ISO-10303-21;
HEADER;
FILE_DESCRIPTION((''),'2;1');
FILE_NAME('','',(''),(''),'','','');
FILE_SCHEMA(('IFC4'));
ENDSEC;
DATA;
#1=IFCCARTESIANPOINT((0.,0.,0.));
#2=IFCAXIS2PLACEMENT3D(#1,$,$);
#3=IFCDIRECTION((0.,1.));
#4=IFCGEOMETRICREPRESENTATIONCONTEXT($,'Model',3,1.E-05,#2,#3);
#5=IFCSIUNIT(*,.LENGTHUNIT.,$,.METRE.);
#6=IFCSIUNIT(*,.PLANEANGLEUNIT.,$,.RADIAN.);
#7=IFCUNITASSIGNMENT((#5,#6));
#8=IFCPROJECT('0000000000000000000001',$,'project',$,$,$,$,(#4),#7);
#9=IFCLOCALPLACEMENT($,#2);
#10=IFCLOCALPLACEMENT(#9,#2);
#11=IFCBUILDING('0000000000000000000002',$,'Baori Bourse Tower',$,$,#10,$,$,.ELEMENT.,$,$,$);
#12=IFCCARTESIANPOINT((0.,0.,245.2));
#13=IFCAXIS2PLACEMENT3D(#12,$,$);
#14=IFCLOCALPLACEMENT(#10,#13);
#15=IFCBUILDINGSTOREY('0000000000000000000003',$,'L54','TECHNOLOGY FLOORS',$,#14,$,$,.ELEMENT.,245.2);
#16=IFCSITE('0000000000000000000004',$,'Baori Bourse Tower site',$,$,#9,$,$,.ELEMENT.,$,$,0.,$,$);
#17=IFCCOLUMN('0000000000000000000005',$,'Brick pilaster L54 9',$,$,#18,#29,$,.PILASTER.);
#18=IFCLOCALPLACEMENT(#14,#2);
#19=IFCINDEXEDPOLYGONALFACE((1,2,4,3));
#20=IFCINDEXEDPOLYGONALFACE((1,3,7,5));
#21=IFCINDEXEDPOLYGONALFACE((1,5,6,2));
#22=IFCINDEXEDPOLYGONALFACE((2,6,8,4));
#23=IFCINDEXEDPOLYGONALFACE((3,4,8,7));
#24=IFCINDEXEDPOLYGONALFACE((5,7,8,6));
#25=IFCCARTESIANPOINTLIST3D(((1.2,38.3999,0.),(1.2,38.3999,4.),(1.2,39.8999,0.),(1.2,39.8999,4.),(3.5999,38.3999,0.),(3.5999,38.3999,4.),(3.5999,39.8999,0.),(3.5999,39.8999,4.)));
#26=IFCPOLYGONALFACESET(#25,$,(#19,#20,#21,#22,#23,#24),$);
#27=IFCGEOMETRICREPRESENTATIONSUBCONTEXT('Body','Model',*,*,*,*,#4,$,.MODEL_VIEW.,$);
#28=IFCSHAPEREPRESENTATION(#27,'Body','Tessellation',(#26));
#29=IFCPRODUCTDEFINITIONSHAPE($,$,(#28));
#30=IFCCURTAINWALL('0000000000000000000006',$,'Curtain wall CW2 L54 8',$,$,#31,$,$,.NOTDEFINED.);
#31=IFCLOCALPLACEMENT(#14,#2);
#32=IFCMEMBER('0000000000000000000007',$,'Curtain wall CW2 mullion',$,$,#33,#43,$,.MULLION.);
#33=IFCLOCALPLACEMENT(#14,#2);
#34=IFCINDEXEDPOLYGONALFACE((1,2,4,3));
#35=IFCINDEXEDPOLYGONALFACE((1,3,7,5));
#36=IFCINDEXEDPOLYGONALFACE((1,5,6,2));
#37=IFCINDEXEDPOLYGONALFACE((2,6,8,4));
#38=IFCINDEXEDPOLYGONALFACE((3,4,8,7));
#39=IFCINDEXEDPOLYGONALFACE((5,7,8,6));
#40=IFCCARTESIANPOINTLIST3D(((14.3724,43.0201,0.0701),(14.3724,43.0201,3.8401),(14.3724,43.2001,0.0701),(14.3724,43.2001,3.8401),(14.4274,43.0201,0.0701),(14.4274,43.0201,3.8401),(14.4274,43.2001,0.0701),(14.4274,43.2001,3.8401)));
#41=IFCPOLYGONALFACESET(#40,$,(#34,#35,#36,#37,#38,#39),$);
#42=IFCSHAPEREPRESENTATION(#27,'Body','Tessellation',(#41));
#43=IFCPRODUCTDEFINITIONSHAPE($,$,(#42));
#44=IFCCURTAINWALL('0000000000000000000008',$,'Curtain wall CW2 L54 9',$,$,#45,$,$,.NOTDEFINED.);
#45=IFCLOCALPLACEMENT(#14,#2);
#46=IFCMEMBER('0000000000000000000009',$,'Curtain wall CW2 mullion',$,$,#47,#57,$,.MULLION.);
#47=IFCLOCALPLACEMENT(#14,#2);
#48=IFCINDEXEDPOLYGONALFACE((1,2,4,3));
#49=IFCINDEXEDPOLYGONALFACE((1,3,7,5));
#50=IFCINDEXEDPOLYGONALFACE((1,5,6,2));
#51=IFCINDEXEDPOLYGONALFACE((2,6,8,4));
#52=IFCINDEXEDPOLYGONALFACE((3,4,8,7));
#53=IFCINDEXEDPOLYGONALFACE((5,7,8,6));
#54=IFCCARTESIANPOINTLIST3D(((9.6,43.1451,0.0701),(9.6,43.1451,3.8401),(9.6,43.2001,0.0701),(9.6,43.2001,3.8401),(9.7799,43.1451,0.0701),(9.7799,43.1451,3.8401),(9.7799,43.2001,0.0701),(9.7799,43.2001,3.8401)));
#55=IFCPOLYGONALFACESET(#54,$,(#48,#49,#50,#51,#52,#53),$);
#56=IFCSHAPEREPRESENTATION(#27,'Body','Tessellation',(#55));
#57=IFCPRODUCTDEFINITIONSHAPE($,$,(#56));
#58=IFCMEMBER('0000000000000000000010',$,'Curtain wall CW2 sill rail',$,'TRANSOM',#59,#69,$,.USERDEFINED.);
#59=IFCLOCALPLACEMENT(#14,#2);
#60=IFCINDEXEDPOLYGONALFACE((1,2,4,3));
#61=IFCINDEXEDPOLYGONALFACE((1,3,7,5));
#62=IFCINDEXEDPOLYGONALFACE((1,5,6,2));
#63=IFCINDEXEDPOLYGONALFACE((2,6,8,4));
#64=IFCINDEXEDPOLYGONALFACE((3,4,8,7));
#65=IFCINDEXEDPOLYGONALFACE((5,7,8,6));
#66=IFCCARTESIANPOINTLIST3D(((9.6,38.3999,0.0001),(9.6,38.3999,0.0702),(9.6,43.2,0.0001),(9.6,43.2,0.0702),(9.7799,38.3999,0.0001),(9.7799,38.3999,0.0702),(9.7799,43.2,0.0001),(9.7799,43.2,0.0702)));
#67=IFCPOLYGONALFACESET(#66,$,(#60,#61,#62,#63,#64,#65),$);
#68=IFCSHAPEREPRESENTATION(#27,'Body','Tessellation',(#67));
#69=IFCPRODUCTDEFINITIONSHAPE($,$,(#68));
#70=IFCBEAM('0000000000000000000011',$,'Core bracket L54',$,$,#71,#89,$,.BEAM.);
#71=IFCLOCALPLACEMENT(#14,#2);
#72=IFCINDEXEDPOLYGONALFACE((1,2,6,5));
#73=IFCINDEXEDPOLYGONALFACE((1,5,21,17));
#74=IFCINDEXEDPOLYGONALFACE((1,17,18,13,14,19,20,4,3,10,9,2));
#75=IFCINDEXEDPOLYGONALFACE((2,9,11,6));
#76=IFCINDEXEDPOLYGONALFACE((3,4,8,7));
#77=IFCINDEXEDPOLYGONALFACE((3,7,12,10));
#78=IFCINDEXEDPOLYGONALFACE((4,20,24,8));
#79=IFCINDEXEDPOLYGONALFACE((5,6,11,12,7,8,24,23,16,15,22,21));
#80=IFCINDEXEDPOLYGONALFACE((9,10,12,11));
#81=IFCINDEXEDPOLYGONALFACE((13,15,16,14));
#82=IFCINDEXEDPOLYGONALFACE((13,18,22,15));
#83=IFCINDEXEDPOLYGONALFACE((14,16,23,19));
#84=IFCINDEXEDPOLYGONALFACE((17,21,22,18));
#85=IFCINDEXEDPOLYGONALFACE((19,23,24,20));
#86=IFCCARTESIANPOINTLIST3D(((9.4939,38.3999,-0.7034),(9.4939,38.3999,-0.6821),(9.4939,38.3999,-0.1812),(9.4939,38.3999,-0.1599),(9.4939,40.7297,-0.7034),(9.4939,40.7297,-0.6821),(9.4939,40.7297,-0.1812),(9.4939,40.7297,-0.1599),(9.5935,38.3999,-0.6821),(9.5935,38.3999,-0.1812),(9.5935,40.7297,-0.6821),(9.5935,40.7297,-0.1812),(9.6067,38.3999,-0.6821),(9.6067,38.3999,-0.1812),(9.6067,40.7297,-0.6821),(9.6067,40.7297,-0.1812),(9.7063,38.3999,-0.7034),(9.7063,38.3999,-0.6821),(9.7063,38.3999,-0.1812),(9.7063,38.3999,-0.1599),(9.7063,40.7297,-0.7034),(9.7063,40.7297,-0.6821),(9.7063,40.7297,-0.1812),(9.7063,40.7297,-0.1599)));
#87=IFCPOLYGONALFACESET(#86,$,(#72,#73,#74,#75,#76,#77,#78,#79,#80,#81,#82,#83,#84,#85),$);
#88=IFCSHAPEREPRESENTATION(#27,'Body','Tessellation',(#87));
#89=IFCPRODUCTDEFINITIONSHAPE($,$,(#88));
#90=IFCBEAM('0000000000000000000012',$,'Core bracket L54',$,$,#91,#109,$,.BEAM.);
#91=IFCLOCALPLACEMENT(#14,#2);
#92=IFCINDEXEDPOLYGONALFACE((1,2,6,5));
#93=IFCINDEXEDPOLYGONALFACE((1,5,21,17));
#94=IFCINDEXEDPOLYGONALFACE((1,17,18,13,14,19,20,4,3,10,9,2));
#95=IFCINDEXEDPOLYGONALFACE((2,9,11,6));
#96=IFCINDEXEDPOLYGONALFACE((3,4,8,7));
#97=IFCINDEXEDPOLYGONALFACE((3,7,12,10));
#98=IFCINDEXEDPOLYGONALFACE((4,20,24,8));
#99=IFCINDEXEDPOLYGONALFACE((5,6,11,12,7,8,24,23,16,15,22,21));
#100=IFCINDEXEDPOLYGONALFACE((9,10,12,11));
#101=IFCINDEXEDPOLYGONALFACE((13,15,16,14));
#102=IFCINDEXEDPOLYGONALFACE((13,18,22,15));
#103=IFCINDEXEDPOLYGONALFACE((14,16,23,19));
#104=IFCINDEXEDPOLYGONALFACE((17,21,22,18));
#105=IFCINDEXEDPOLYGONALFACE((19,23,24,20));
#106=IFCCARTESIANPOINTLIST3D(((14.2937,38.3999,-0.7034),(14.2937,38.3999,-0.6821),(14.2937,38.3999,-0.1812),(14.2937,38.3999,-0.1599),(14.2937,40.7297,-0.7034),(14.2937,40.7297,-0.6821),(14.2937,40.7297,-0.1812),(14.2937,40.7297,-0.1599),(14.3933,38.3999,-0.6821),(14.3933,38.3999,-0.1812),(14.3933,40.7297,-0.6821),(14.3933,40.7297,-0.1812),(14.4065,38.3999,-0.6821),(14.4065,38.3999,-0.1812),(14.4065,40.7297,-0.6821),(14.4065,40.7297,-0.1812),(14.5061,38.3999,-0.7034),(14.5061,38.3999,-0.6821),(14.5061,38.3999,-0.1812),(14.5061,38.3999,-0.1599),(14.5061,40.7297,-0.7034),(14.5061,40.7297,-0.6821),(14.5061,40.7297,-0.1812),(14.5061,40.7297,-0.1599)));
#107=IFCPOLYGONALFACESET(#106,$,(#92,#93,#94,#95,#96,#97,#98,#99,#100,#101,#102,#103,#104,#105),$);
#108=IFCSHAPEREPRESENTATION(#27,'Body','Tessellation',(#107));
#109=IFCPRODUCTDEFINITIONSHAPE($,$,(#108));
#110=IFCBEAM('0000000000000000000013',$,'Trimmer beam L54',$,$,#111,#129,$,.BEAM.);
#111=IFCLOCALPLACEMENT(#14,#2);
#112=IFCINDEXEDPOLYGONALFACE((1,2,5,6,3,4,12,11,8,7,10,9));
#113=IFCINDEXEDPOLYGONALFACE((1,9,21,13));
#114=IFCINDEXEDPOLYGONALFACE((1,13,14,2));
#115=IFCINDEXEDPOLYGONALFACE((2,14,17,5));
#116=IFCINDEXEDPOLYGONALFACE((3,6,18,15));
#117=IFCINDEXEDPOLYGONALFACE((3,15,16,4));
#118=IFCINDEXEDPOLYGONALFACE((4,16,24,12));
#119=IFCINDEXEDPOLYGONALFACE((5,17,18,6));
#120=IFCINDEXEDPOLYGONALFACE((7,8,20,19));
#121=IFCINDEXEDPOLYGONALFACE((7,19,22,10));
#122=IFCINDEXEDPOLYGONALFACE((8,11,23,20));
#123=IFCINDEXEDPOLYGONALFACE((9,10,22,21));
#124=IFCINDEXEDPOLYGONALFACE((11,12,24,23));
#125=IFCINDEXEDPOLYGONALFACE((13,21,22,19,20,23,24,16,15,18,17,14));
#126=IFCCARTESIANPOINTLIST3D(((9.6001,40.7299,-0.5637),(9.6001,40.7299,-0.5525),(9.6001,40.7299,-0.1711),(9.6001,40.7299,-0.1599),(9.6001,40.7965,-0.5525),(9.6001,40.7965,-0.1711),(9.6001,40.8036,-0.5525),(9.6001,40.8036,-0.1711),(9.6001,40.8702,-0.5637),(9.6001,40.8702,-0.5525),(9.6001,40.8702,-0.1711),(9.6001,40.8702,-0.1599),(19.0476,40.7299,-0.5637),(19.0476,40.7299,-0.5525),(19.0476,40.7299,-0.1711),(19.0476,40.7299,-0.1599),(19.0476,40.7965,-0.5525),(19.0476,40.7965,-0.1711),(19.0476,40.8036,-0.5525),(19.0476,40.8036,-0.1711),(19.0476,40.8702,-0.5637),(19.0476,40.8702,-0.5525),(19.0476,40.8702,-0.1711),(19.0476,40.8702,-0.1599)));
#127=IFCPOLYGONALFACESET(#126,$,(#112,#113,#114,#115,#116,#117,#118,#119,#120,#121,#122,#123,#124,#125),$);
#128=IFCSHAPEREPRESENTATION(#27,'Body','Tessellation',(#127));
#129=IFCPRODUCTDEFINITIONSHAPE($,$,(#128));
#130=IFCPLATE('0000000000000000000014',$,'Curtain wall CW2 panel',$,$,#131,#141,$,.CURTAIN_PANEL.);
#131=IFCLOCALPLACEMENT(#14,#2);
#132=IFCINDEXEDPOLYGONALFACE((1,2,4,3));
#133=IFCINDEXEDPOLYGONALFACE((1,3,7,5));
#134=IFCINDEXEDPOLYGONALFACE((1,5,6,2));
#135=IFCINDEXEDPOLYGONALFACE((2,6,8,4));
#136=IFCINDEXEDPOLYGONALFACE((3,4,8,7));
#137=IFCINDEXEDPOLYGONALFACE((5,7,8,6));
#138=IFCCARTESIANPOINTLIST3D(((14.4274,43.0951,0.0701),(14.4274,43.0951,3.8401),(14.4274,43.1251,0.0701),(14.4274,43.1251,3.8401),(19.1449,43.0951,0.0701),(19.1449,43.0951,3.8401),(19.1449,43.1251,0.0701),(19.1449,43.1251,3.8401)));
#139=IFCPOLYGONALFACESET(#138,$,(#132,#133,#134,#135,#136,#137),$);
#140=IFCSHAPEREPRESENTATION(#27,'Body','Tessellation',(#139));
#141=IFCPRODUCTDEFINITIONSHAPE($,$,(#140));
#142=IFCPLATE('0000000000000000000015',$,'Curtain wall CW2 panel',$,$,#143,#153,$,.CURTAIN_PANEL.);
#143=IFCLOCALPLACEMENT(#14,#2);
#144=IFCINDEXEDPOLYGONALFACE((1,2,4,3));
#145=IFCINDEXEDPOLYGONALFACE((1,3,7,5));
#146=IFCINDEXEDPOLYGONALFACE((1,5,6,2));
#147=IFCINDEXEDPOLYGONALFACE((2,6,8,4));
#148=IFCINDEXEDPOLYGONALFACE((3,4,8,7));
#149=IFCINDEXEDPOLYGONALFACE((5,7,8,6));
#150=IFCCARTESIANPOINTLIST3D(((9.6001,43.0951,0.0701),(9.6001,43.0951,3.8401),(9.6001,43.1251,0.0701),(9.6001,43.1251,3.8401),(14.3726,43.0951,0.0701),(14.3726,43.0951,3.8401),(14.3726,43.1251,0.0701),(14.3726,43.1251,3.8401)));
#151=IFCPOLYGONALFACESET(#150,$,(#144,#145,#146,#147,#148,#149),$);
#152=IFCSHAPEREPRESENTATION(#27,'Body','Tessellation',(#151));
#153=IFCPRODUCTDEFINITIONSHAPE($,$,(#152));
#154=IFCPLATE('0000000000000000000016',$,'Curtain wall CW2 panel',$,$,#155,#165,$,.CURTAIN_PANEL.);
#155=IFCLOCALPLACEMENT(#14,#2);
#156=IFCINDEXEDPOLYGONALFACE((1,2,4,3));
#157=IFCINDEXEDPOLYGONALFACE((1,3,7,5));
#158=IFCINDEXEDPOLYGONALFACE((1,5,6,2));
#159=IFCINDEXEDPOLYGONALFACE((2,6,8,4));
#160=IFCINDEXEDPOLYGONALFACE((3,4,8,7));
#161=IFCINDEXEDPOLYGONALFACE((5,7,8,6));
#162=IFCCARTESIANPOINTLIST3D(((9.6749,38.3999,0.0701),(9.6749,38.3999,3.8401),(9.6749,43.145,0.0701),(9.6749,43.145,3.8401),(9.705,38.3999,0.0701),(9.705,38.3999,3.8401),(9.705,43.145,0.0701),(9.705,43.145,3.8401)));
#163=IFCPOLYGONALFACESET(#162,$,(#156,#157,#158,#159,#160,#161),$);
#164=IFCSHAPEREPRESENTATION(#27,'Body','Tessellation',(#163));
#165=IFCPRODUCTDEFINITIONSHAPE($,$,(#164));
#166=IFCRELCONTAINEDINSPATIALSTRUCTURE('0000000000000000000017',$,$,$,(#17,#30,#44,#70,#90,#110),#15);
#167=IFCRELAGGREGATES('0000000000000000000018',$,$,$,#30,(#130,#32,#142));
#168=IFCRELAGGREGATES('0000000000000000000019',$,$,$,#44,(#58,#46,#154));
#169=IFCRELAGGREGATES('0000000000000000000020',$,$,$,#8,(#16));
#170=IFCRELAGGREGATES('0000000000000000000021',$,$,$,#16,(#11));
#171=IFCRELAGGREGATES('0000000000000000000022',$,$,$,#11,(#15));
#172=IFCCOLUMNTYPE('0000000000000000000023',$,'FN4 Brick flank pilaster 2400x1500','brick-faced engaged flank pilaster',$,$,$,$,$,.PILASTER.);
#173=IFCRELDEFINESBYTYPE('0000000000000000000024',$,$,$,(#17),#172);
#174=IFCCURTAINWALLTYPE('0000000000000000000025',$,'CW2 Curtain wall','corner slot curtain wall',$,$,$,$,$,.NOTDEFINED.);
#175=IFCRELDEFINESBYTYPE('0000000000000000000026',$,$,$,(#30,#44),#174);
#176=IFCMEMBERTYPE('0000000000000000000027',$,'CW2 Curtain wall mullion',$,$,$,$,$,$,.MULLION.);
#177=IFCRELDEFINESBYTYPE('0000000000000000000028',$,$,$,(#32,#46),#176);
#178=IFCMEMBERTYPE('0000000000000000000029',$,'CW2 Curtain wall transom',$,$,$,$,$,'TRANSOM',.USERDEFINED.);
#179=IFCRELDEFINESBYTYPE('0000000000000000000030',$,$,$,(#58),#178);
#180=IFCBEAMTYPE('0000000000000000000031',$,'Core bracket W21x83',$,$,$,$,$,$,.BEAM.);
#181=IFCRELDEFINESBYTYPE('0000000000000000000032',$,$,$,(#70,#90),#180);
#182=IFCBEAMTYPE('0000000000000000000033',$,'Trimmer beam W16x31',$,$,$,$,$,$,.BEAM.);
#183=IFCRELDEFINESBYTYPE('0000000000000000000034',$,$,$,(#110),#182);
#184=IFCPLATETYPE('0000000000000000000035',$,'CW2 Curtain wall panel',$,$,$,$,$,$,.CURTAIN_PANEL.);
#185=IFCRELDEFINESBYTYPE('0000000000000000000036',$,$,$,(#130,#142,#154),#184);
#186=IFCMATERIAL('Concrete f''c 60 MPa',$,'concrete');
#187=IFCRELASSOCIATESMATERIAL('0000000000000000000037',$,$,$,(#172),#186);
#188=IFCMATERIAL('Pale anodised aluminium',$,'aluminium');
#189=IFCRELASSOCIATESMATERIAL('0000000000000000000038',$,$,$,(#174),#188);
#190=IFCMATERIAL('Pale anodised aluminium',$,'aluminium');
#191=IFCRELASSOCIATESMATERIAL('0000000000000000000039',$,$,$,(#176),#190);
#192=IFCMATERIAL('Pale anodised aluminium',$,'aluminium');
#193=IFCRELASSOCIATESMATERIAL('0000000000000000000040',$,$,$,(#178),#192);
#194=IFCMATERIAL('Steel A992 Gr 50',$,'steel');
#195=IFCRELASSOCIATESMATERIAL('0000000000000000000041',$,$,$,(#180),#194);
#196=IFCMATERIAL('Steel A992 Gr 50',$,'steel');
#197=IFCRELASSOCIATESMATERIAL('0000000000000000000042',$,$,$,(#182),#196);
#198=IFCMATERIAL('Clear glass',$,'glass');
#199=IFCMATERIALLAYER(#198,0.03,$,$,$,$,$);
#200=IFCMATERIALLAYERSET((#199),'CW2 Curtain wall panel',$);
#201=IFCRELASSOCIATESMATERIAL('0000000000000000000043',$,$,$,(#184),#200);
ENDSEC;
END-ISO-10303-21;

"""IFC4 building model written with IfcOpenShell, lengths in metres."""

from ifc_helpers import new_model, si_unit, direction, frame, origin, origin_2d, place, context, subcontext, project, spatial, rectangle, i_section, extrude, material, layer, layer_set, material_profile, profile_set, type_object, element, aggregate, save


model = new_model("IFC4")

# Units and contexts
model_context = context("Model", 3, precision=1e-05, world=origin(), true_north=direction((0.0, 1.0)))
body_context = subcontext(model_context, "Body", "Model", "MODEL_VIEW")
ifc_project = project(units=[si_unit("LENGTHUNIT", "METRE"), si_unit("PLANEANGLEUNIT", "RADIAN")], contexts=[model_context])

# Site, building, storey
site_placement = place(None, origin())
site = spatial("IfcSite", under=ifc_project, at=site_placement, Name="Baori Bourse Tower site", CompositionType="ELEMENT", RefElevation=0.0)
building_placement = place(site_placement, origin())
building = spatial("IfcBuilding", under=site, at=building_placement, Name="Baori Bourse Tower", CompositionType="ELEMENT")
storey_placement = place(building_placement, frame((0.0, 0.0, 245.2)))
storey = spatial("IfcBuildingStorey", under=building, at=storey_placement, Name="L54", Description="TECHNOLOGY FLOORS", CompositionType="ELEMENT", Elevation=245.2)

# Column
ifc_material_1 = material(Name="Concrete f'c 60 MPa", Category="concrete")
ifc_material_profile_1 = material_profile(ifc_material_1, rectangle(XDim=2.3999, YDim=1.5, at=origin_2d()), Name="RC 2400x1500")
ifc_profile_set_1 = profile_set([ifc_material_profile_1], Name="Concrete f'c 60 MPa")
column_type = type_object("IfcColumnType", Name="FN4 Brick flank pilaster 2400x1500", Description="brick-faced engaged flank pilaster", PredefinedType="PILASTER", material=ifc_profile_set_1)
column_placement = place(storey_placement, frame((2.3999, 39.1499, 0.0), z_axis=(0.0, 0.0, 1.0), x_axis=(1.0, 0.0, 0.0)))
element("IfcColumn", 1, at=column_placement, inside=storey, type_object=column_type, Name="Brick pilaster L54 9", PredefinedType="PILASTER", context=body_context, shape_type="SweptSolid", body=[
    extrude(rectangle(XDim=2.3999, YDim=1.5, at=origin_2d()), origin(), (0.0, 0.0, 1.0), 4.0),
])

# Curtain wall, member
ifc_material_2 = material(Name="Pale anodised aluminium", Category="aluminium")
curtain_wall_type = type_object("IfcCurtainWallType", Name="CW2 Curtain wall", Description="corner slot curtain wall", PredefinedType="NOTDEFINED", material=ifc_material_2)
curtain_wall_1_placement = place(storey_placement, origin())
curtain_wall_1 = element("IfcCurtainWall", 2, at=curtain_wall_1_placement, inside=storey, type_object=curtain_wall_type, Name="Curtain wall CW2 L54 8", PredefinedType="NOTDEFINED")
ifc_material_3 = material(Name="Pale anodised aluminium", Category="aluminium")
ifc_material_profile_2 = material_profile(ifc_material_3, rectangle(XDim=0.1799, YDim=0.0549, at=origin_2d()), Name="Mullion 55x180")
ifc_profile_set_2 = profile_set([ifc_material_profile_2], Name="Pale anodised aluminium")
member_type_1 = type_object("IfcMemberType", Name="CW2 Curtain wall mullion", PredefinedType="MULLION", material=ifc_profile_set_2)
member_1_placement = place(storey_placement, frame((14.3999, 43.1101, 0.0701), z_axis=(0.0, 0.0, 1.0), x_axis=(0.0, -1.0, 0.0)))
member_1 = element("IfcMember", 3, at=member_1_placement, type_object=member_type_1, Name="Curtain wall CW2 mullion", PredefinedType="MULLION", context=body_context, shape_type="SweptSolid", body=[
    extrude(rectangle(XDim=0.1799, YDim=0.0549, at=origin_2d()), origin(), (0.0, 0.0, 1.0), 3.77),
])

# Curtain wall, members
curtain_wall_2_placement = place(storey_placement, origin())
curtain_wall_2 = element("IfcCurtainWall", 4, at=curtain_wall_2_placement, inside=storey, type_object=curtain_wall_type, Name="Curtain wall CW2 L54 9", PredefinedType="NOTDEFINED")
member_2_placement = place(storey_placement, frame((9.6899, 43.1726, 0.0701), z_axis=(0.0, 0.0, 1.0), x_axis=(1.0, 0.0, 0.0)))
member_2 = element("IfcMember", 5, at=member_2_placement, type_object=member_type_1, Name="Curtain wall CW2 mullion", PredefinedType="MULLION", context=body_context, shape_type="SweptSolid", body=[
    extrude(rectangle(XDim=0.1799, YDim=0.0549, at=origin_2d()), origin(), (0.0, 0.0, 1.0), 3.77),
])
ifc_material_4 = material(Name="Pale anodised aluminium", Category="aluminium")
ifc_material_profile_3 = material_profile(ifc_material_4, rectangle(XDim=0.1799, YDim=0.0701, at=origin_2d()), Name="Transom 70x180")
ifc_profile_set_3 = profile_set([ifc_material_profile_3], Name="Pale anodised aluminium")
member_type_2 = type_object("IfcMemberType", Name="CW2 Curtain wall transom", ElementType="TRANSOM", PredefinedType="USERDEFINED", material=ifc_profile_set_3)
member_3_placement = place(storey_placement, frame((9.6899, 43.2, 0.0352), z_axis=(0.0, -1.0, 0.0), x_axis=(1.0, 0.0, 0.0)))
member_3 = element("IfcMember", 6, at=member_3_placement, type_object=member_type_2, Name="Curtain wall CW2 sill rail", ObjectType="TRANSOM", PredefinedType="USERDEFINED", context=body_context, shape_type="SweptSolid", body=[
    extrude(rectangle(XDim=0.1799, YDim=0.0701, at=origin_2d()), origin(), (0.0, 0.0, 1.0), 4.8),
])

# Beams
ifc_material_5 = material(Name="Steel A992 Gr 50", Category="steel")
ifc_material_profile_4 = material_profile(ifc_material_5, i_section(OverallWidth=0.2124, OverallDepth=0.5435, WebThickness=0.0132, FlangeThickness=0.0212, at=origin_2d()), Name="W21x83")
ifc_profile_set_4 = profile_set([ifc_material_profile_4], Name="Steel A992 Gr 50")
beam_type_1 = type_object("IfcBeamType", Name="Core bracket W21x83", PredefinedType="BEAM", material=ifc_profile_set_4)
for number, where, z_axis, x_axis, name in (
    (7, (9.6001, 38.3999, -0.4316), (0.0, 1.0, 0.0), (-1.0, 0.0, 0.0), "Core bracket L54"),
    (8, (14.3999, 38.3999, -0.4316), (0.0, 1.0, 0.0), (-1.0, 0.0, 0.0), "Core bracket L54"),
):
    element("IfcBeam", number, at=place(storey_placement, frame(where, z_axis=z_axis, x_axis=x_axis)), inside=storey, type_object=beam_type_1, Name=name, PredefinedType="BEAM", context=body_context, shape_type="SweptSolid", body=[
        extrude(i_section(OverallWidth=0.2124, OverallDepth=0.5435, WebThickness=0.0132, FlangeThickness=0.0212, at=origin_2d()), origin(), (0.0, 0.0, 1.0), 2.3298),
    ])
ifc_material_6 = material(Name="Steel A992 Gr 50", Category="steel")
ifc_material_profile_5 = material_profile(ifc_material_6, i_section(OverallWidth=0.1404, OverallDepth=0.4038, WebThickness=0.0071, FlangeThickness=0.0112, at=origin_2d()), Name="W16x31")
ifc_profile_set_5 = profile_set([ifc_material_profile_5], Name="Steel A992 Gr 50")
beam_type_2 = type_object("IfcBeamType", Name="Trimmer beam W16x31", PredefinedType="BEAM", material=ifc_profile_set_5)
beam_placement = place(storey_placement, frame((9.6001, 40.8, -0.3618), z_axis=(1.0, 0.0, 0.0), x_axis=(0.0, 1.0, 0.0)))
element("IfcBeam", 9, at=beam_placement, inside=storey, type_object=beam_type_2, Name="Trimmer beam L54", PredefinedType="BEAM", context=body_context, shape_type="SweptSolid", body=[
    extrude(i_section(OverallWidth=0.1404, OverallDepth=0.4038, WebThickness=0.0071, FlangeThickness=0.0112, at=origin_2d()), origin(), (0.0, 0.0, 1.0), 9.4475),
])

# Plates
ifc_material_7 = material(Name="Clear glass", Category="glass")
ifc_layer_1 = layer(ifc_material_7, 0.03)
ifc_layer_set_1 = layer_set([ifc_layer_1], Name="CW2 Curtain wall panel")
plate_type = type_object("IfcPlateType", Name="CW2 Curtain wall panel", PredefinedType="CURTAIN_PANEL", material=ifc_layer_set_1)
plate_1_placement = place(storey_placement, frame((16.7861, 43.1101, 0.0701), z_axis=(0.0, 0.0, 1.0), x_axis=(-1.0, 0.0, 0.0)))
plate_1 = element("IfcPlate", 10, at=plate_1_placement, type_object=plate_type, Name="Curtain wall CW2 panel", PredefinedType="CURTAIN_PANEL", context=body_context, shape_type="SweptSolid", body=[
    extrude(rectangle(XDim=4.7175, YDim=0.03, at=origin_2d()), origin(), (0.0, 0.0, 1.0), 3.77),
])
plate_2_placement = place(storey_placement, frame((11.9863, 43.1101, 0.0701), z_axis=(0.0, 0.0, 1.0), x_axis=(-1.0, 0.0, 0.0)))
plate_2 = element("IfcPlate", 11, at=plate_2_placement, type_object=plate_type, Name="Curtain wall CW2 panel", PredefinedType="CURTAIN_PANEL", context=body_context, shape_type="SweptSolid", body=[
    extrude(rectangle(XDim=4.7725, YDim=0.03, at=origin_2d()), origin(), (0.0, 0.0, 1.0), 3.77),
])
aggregate(curtain_wall_1, [plate_1, member_1, plate_2])
plate_3_placement = place(storey_placement, frame((9.6899, 40.7725, 0.0701), z_axis=(0.0, 0.0, 1.0), x_axis=(0.0, -1.0, 0.0)))
plate_3 = element("IfcPlate", 12, at=plate_3_placement, type_object=plate_type, Name="Curtain wall CW2 panel", PredefinedType="CURTAIN_PANEL", context=body_context, shape_type="SweptSolid", body=[
    extrude(rectangle(XDim=4.7451, YDim=0.03, at=origin_2d()), origin(), (0.0, 0.0, 1.0), 3.77),
])
aggregate(curtain_wall_2, [member_3, member_2, plate_3])

save(model, "model.ifc")
